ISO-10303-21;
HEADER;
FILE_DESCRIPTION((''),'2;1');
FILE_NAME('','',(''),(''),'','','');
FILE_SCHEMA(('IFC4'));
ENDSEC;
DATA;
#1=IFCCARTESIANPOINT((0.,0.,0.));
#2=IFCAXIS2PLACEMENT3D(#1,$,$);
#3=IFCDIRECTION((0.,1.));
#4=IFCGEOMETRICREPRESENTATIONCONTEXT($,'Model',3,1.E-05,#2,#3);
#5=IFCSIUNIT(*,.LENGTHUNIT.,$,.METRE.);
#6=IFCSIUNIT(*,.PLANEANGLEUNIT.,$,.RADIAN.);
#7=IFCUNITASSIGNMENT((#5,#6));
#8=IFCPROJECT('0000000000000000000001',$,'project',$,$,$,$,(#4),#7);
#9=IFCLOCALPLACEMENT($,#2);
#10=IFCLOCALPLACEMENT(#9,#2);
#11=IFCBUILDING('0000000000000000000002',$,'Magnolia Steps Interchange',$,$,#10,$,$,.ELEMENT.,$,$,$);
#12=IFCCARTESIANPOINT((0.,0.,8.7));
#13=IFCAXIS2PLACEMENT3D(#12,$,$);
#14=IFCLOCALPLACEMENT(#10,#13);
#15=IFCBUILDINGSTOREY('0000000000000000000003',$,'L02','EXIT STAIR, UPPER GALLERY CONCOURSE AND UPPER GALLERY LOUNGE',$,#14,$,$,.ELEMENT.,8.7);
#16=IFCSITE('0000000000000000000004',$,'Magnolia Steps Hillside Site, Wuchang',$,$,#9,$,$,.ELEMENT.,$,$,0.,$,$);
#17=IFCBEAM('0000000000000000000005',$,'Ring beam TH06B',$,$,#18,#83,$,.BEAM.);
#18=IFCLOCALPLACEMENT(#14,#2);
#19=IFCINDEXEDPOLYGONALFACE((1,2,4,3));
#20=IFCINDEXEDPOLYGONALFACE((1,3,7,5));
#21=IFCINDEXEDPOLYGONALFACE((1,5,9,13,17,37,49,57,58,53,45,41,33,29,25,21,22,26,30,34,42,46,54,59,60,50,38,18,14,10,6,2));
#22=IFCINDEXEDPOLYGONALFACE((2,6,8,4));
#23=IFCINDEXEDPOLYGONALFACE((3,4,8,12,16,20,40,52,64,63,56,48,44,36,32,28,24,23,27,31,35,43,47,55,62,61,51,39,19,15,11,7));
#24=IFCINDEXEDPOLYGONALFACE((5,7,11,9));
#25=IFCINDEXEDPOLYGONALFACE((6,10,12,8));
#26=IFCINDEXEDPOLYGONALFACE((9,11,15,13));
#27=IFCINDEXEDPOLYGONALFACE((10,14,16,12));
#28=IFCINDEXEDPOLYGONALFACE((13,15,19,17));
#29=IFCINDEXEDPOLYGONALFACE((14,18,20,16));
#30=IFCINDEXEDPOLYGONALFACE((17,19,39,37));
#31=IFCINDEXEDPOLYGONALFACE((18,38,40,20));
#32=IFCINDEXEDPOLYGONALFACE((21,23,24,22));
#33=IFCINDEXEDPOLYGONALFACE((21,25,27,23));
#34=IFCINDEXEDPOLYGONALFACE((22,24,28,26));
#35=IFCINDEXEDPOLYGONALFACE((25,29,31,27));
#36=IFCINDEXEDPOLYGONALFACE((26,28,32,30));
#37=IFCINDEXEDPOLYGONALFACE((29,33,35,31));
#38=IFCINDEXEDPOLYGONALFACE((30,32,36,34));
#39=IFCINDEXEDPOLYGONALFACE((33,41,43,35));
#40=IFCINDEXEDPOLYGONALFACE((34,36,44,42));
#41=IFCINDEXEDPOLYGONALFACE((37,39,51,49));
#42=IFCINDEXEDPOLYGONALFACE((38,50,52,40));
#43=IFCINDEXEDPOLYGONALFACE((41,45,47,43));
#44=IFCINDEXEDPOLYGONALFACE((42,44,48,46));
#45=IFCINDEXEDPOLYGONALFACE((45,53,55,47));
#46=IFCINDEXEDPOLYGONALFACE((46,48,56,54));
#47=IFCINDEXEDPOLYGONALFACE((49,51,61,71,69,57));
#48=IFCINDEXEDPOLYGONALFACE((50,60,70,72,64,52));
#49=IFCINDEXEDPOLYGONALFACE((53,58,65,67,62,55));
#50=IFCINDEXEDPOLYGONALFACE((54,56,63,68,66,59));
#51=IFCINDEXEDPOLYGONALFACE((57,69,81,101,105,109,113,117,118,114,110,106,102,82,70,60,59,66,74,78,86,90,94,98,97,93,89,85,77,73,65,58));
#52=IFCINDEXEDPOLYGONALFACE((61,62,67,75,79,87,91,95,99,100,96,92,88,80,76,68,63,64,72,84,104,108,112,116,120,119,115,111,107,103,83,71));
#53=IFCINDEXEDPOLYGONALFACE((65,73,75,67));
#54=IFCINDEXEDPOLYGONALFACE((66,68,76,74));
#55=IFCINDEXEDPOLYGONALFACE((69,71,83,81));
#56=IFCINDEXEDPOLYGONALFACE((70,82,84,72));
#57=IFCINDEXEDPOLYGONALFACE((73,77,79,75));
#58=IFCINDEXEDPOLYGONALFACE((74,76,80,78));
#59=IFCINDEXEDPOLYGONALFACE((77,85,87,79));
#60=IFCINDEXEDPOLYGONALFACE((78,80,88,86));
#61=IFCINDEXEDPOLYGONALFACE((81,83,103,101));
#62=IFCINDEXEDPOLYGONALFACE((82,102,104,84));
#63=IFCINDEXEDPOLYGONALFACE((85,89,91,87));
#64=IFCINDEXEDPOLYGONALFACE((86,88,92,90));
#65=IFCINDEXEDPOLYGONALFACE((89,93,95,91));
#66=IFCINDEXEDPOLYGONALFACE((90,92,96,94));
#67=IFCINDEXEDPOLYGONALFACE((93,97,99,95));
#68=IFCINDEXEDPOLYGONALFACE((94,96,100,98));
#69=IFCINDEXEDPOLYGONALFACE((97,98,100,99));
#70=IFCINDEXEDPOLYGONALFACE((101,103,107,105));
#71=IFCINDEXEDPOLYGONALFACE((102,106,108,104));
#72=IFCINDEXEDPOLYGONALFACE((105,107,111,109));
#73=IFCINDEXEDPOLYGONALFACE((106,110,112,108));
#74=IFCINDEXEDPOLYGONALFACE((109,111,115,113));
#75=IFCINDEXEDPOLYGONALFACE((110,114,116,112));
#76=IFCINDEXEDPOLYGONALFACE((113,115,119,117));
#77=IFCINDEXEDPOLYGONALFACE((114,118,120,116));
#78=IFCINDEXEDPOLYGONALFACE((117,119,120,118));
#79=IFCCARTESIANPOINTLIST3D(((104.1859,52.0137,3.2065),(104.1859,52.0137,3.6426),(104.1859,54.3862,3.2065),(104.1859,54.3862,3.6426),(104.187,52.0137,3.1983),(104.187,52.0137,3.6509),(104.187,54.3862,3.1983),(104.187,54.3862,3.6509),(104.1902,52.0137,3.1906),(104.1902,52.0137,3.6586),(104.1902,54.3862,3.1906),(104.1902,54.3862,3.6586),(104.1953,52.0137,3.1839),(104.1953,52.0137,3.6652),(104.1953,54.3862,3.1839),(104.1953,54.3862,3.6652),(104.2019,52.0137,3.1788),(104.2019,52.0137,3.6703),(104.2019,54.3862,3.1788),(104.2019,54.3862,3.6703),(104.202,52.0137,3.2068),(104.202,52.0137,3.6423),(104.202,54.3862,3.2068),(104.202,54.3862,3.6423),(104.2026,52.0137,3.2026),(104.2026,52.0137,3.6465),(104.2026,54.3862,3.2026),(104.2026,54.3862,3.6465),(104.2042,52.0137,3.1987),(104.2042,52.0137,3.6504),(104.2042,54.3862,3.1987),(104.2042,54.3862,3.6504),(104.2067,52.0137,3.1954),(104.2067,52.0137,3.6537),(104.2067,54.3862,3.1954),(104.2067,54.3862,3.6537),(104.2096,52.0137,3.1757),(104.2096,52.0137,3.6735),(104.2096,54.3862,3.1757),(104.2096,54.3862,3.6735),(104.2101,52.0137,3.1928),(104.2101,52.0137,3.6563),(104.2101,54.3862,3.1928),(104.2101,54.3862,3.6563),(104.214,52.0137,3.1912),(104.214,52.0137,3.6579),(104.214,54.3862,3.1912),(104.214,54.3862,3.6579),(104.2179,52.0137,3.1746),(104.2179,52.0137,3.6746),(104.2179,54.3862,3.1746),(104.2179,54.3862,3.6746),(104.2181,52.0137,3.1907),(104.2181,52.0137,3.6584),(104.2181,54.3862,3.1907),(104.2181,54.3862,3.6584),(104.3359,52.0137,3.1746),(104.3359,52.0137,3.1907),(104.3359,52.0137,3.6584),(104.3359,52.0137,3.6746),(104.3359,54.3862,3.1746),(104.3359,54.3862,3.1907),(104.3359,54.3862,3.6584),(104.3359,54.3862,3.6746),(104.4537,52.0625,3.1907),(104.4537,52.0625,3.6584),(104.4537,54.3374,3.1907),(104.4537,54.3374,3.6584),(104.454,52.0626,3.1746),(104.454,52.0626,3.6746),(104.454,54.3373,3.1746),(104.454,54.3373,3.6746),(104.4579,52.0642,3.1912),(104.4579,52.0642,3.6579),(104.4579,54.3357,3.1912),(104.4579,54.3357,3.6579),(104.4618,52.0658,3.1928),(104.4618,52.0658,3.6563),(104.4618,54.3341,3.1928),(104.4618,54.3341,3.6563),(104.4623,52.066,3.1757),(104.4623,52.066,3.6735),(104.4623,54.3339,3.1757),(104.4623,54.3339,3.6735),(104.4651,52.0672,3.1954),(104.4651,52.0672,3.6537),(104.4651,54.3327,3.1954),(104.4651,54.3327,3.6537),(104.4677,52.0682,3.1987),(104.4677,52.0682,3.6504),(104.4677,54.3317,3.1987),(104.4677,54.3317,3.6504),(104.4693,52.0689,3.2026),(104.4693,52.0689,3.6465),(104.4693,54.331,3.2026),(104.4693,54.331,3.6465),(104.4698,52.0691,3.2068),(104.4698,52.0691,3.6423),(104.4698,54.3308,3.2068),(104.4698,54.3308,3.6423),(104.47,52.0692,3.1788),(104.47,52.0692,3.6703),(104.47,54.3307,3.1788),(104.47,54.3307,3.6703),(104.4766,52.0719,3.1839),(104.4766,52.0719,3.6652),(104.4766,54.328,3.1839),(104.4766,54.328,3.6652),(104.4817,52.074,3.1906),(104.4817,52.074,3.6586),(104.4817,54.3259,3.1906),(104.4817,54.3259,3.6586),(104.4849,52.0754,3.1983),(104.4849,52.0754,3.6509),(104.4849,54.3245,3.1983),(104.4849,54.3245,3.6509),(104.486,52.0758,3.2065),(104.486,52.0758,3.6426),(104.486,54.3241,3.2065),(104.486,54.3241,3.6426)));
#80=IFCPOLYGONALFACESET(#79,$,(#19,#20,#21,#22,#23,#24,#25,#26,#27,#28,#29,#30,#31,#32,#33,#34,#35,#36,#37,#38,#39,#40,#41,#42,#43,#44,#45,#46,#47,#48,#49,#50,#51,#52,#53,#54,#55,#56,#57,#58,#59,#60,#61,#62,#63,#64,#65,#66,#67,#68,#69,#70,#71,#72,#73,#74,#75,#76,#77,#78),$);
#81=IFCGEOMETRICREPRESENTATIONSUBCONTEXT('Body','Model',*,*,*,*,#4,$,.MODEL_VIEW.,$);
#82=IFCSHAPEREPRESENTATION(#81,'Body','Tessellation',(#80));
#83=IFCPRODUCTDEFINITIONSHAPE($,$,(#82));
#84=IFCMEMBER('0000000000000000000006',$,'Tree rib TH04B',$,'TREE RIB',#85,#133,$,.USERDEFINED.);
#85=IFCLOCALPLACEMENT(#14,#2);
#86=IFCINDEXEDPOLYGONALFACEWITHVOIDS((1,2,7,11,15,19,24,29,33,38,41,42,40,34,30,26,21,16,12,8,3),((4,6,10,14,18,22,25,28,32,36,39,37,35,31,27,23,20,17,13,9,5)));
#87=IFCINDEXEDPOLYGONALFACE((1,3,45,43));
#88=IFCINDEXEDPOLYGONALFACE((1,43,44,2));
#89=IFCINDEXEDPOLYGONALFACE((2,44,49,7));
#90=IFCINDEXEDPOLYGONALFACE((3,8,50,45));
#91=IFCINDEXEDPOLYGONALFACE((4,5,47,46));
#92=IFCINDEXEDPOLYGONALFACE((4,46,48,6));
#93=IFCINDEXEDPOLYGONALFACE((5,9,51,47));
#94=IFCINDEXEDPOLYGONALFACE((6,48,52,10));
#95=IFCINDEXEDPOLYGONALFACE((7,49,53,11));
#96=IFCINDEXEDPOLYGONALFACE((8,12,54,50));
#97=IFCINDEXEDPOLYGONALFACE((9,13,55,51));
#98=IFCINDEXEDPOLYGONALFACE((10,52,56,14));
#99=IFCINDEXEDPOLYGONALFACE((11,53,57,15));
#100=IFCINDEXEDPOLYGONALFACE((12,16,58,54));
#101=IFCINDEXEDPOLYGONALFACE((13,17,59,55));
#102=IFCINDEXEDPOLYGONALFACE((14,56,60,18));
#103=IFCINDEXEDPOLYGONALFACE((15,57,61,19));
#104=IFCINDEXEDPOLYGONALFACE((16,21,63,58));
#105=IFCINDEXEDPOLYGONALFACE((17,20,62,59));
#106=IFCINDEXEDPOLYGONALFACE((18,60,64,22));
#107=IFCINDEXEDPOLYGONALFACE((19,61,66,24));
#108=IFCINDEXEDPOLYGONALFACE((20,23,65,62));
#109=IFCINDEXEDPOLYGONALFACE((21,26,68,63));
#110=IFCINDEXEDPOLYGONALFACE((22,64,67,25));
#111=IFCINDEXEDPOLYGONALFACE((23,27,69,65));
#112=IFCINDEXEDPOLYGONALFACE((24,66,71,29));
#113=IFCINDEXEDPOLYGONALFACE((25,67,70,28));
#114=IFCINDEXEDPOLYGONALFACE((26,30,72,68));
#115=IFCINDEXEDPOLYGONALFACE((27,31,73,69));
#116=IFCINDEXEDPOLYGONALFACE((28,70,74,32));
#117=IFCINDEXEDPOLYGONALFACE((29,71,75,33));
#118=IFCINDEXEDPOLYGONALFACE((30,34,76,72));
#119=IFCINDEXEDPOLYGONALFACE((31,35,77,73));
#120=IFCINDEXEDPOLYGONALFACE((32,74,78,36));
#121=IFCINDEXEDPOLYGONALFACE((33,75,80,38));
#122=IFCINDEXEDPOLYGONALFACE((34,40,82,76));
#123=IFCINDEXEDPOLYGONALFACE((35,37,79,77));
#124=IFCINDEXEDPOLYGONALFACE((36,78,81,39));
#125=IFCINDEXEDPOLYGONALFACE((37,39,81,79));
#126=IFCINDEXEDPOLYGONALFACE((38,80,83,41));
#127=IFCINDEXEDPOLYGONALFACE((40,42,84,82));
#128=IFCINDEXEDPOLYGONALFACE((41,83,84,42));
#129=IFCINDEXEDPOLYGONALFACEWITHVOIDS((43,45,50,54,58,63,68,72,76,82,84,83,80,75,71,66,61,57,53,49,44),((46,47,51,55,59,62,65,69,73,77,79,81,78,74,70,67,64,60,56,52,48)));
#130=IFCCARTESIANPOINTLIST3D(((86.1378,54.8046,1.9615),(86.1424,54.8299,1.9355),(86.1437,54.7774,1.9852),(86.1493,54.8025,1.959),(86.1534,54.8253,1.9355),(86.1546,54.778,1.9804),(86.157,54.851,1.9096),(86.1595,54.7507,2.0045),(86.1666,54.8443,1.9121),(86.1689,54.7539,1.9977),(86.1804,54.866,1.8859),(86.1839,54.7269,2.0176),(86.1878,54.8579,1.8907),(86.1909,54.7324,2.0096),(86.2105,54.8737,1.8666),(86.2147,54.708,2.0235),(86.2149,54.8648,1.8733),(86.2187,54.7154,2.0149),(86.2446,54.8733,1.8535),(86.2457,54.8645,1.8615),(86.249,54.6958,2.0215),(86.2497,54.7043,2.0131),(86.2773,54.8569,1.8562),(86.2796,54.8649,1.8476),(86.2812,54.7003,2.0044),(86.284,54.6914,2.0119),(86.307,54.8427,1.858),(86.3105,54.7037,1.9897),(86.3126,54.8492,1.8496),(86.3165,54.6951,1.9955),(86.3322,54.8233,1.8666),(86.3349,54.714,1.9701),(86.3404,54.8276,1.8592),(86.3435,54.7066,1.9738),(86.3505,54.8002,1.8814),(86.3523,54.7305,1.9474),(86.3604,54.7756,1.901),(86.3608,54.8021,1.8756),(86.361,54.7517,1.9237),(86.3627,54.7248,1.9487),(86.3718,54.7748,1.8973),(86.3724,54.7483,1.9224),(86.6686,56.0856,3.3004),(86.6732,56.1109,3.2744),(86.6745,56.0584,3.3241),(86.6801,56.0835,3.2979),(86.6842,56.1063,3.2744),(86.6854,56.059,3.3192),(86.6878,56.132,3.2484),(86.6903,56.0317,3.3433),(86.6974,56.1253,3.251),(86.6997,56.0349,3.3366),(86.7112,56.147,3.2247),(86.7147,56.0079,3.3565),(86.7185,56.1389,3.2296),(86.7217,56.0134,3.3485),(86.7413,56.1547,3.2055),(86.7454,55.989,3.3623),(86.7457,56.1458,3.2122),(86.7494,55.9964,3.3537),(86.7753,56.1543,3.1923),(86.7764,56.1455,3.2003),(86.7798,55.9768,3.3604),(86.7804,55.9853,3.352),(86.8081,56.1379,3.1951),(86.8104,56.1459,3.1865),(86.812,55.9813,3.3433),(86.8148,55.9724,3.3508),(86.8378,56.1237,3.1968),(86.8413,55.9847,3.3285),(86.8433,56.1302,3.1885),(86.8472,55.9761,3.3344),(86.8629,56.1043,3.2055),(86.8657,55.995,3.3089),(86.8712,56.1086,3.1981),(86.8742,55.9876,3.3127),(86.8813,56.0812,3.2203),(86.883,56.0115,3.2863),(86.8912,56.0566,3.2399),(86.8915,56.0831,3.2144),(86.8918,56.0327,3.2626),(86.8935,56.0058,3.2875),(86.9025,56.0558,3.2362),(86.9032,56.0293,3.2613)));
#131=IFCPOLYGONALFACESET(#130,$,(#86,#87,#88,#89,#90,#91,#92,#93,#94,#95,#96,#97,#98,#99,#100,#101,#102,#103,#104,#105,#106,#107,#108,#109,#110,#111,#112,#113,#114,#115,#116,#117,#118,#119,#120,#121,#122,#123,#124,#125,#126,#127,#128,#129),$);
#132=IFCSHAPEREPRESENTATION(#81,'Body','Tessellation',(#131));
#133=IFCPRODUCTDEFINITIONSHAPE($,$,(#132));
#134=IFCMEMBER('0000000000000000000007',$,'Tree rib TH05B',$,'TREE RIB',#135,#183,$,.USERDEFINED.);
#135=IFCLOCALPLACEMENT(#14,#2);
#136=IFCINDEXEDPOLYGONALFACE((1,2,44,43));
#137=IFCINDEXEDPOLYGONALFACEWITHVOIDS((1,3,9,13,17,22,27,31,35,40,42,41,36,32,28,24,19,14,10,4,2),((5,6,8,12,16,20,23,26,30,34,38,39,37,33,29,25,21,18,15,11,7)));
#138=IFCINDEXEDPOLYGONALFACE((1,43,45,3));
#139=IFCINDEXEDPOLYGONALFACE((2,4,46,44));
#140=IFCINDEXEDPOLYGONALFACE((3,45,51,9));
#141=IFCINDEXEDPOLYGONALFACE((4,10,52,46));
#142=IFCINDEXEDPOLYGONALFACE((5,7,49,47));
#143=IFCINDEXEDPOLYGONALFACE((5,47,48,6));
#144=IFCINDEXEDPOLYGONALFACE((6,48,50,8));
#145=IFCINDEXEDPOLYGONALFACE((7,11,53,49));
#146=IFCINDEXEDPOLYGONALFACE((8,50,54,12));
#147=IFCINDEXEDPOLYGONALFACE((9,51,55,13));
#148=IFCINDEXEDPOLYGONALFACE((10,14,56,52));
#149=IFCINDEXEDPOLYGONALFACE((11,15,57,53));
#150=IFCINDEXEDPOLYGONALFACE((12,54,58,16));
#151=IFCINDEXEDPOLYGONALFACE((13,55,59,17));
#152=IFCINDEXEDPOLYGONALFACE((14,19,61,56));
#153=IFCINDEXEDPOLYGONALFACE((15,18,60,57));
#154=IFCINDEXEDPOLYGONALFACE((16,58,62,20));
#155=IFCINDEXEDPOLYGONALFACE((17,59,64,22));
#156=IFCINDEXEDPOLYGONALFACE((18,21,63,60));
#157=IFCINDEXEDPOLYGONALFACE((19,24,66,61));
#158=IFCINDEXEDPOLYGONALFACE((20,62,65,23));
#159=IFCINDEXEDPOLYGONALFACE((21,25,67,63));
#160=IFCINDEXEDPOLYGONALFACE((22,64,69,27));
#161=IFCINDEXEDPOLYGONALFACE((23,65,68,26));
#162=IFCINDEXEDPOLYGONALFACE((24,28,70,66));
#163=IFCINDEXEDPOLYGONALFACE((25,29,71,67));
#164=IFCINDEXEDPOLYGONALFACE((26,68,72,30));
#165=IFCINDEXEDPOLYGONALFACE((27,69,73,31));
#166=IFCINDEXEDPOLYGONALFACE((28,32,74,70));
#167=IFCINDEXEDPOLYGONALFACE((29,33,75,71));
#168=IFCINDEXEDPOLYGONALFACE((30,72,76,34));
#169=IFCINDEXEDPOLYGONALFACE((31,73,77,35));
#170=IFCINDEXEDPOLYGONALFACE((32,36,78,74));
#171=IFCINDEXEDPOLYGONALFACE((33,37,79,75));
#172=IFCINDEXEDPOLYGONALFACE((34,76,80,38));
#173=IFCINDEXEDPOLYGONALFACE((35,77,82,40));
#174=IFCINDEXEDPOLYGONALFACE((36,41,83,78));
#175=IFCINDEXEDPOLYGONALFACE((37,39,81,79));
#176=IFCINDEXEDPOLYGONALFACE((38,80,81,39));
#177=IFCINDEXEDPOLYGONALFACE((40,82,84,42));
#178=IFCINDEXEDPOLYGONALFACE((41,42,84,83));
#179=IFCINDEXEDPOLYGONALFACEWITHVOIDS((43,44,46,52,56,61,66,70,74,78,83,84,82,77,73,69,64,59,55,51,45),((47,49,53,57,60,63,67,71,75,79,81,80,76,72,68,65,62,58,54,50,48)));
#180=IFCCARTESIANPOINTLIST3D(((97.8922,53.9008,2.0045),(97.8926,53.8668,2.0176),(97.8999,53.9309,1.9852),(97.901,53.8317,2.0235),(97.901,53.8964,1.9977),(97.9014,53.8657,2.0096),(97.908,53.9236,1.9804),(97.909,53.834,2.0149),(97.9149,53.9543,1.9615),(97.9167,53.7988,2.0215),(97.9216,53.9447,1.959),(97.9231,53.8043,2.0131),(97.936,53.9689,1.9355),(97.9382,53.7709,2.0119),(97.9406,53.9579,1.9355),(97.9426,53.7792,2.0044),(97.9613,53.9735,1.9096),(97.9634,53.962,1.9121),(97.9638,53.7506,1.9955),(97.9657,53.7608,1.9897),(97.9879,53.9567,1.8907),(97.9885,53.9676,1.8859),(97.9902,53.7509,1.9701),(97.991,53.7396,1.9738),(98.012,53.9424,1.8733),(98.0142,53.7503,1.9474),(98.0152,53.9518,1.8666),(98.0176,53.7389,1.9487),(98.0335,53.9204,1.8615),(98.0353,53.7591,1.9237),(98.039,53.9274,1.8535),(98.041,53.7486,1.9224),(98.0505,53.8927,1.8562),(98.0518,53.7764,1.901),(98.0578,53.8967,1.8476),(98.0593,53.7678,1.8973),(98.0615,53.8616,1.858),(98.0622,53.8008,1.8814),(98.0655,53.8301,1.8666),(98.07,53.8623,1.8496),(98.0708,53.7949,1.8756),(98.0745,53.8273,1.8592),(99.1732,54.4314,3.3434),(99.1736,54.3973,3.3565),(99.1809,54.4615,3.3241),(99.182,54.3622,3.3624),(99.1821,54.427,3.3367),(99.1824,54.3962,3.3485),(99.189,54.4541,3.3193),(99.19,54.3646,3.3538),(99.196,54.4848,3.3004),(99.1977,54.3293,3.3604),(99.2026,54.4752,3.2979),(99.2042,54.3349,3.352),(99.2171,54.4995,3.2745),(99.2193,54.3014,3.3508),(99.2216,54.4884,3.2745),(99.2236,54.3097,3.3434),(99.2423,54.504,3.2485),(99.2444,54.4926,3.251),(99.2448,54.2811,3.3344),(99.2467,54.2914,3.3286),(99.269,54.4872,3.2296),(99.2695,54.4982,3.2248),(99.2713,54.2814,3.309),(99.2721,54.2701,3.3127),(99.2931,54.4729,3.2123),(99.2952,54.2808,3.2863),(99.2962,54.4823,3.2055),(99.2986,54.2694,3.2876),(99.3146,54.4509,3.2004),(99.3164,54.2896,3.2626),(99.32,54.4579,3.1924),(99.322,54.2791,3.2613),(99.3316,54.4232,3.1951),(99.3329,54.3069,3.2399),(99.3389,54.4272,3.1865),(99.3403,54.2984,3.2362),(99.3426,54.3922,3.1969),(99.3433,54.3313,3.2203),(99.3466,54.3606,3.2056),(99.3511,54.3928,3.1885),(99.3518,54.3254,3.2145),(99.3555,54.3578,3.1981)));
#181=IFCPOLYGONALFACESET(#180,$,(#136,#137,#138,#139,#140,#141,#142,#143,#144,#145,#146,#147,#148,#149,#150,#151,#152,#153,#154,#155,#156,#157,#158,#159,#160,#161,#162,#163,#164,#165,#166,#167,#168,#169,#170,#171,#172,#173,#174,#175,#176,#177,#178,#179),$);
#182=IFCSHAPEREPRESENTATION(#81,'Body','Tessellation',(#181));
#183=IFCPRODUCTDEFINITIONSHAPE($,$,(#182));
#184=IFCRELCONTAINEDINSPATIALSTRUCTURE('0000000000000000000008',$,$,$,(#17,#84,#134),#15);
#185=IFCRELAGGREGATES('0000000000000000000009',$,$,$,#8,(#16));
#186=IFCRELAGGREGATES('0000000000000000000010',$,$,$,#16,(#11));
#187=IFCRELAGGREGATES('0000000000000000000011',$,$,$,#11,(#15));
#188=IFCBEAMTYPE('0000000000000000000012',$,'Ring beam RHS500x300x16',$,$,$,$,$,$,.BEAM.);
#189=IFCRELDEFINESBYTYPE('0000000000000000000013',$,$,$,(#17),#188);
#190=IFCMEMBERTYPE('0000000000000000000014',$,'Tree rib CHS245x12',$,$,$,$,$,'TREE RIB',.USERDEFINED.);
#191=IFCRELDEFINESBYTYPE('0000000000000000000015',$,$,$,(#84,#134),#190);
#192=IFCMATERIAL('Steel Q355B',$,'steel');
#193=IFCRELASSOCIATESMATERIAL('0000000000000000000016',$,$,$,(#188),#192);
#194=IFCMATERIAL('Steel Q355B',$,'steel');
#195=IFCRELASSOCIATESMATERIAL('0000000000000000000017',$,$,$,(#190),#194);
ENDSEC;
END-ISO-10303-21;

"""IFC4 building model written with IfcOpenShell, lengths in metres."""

from ifc_helpers import new_model, si_unit, direction, frame, origin, origin_2d, place, context, subcontext, project, spatial, hollow_rectangle, hollow_circle, extrude, clip, halfspace, material, material_profile, profile_set, type_object, element, save


model = new_model("IFC4")

# Units and contexts
model_context = context("Model", 3, precision=1e-05, world=origin(), true_north=direction((0.0, 1.0)))
body_context = subcontext(model_context, "Body", "Model", "MODEL_VIEW")
ifc_project = project(units=[si_unit("LENGTHUNIT", "METRE"), si_unit("PLANEANGLEUNIT", "RADIAN")], contexts=[model_context])

# Site, building, storey
site_placement = place(None, origin())
site = spatial("IfcSite", under=ifc_project, at=site_placement, Name="Magnolia Steps Hillside Site, Wuchang", CompositionType="ELEMENT", RefElevation=0.0)
building_placement = place(site_placement, origin())
building = spatial("IfcBuilding", under=site, at=building_placement, Name="Magnolia Steps Interchange", CompositionType="ELEMENT")
storey_placement = place(building_placement, frame((0.0, 0.0, 8.7)))
storey = spatial("IfcBuildingStorey", under=building, at=storey_placement, Name="L02", Description="EXIT STAIR, UPPER GALLERY CONCOURSE AND UPPER GALLERY LOUNGE", CompositionType="ELEMENT", Elevation=8.7)

# Beam
ifc_material_1 = material(Name="Steel Q355B", Category="steel")
ifc_material_profile_1 = material_profile(ifc_material_1, hollow_rectangle(XDim=0.3, YDim=0.5, WallThickness=0.0161, InnerFilletRadius=0.0161, OuterFilletRadius=0.032, at=origin_2d()), Name="RHS500x300x16")
ifc_profile_set_1 = profile_set([ifc_material_profile_1], Name="Steel Q355B")
beam_type = type_object("IfcBeamType", Name="Ring beam RHS500x300x16", PredefinedType="BEAM", material=ifc_profile_set_1)
for number, where, z_axis, x_axis, name in (
    (1, (104.3359, 54.3862, 3.4246), (0.0, -1.0, 0.0), (1.0, 0.0, 0.0), "Ring beam TH06B"),
):
    element("IfcBeam", number, at=place(storey_placement, frame(where, z_axis=z_axis, x_axis=x_axis)), inside=storey, type_object=beam_type, Name=name, PredefinedType="BEAM", context=body_context, shape_type="Clipping", body=[
        clip(clip(extrude(hollow_rectangle(XDim=0.3, YDim=0.5, WallThickness=0.0161, InnerFilletRadius=0.0161, OuterFilletRadius=0.032, at=origin_2d()), origin(), (0.0, 0.0, 1.0), 2.3726), halfspace(frame((0.0, 0.0, 0.0), z_axis=(0.382683, 0.0, -0.92388), x_axis=(0.92388, 0.0, 0.382683)), False)), halfspace(frame((0.0, 0.0, 2.3726), z_axis=(0.382683, 0.0, 0.92388), x_axis=(0.92388, 0.0, -0.382683)), False)),
    ])

# Members
ifc_material_2 = material(Name="Steel Q355B", Category="steel")
ifc_material_profile_2 = material_profile(ifc_material_2, hollow_circle(Radius=0.1226, WallThickness=0.012, at=origin_2d()), Name="CHS245x12")
ifc_profile_set_2 = profile_set([ifc_material_profile_2], Name="Steel Q355B")
member_type = type_object("IfcMemberType", Name="Tree rib CHS245x12", ElementType="TREE RIB", PredefinedType="USERDEFINED", material=ifc_profile_set_2)
for number, where, z_axis, x_axis, name in (
    (2, (86.2556, 54.783, 1.9355), (0.275363, 0.664595, 0.694614), (-0.923841, 0.382777, 0.0), "Tree rib TH04B"),
    (3, (97.9829, 53.8557, 1.9355), (0.664618, 0.275246, 0.694638), (-0.382627, 0.923903, 0.0), "Tree rib TH05B"),
):
    element("IfcMember", number, at=place(storey_placement, frame(where, z_axis=z_axis, x_axis=x_axis)), inside=storey, type_object=member_type, Name=name, ObjectType="TREE RIB", PredefinedType="USERDEFINED", context=body_context, shape_type="SweptSolid", body=[
        extrude(hollow_circle(Radius=0.1226, WallThickness=0.012, at=origin_2d()), origin(), (0.0, 0.0, 1.0), 1.9275),
    ])

save(model, "model.ifc")
